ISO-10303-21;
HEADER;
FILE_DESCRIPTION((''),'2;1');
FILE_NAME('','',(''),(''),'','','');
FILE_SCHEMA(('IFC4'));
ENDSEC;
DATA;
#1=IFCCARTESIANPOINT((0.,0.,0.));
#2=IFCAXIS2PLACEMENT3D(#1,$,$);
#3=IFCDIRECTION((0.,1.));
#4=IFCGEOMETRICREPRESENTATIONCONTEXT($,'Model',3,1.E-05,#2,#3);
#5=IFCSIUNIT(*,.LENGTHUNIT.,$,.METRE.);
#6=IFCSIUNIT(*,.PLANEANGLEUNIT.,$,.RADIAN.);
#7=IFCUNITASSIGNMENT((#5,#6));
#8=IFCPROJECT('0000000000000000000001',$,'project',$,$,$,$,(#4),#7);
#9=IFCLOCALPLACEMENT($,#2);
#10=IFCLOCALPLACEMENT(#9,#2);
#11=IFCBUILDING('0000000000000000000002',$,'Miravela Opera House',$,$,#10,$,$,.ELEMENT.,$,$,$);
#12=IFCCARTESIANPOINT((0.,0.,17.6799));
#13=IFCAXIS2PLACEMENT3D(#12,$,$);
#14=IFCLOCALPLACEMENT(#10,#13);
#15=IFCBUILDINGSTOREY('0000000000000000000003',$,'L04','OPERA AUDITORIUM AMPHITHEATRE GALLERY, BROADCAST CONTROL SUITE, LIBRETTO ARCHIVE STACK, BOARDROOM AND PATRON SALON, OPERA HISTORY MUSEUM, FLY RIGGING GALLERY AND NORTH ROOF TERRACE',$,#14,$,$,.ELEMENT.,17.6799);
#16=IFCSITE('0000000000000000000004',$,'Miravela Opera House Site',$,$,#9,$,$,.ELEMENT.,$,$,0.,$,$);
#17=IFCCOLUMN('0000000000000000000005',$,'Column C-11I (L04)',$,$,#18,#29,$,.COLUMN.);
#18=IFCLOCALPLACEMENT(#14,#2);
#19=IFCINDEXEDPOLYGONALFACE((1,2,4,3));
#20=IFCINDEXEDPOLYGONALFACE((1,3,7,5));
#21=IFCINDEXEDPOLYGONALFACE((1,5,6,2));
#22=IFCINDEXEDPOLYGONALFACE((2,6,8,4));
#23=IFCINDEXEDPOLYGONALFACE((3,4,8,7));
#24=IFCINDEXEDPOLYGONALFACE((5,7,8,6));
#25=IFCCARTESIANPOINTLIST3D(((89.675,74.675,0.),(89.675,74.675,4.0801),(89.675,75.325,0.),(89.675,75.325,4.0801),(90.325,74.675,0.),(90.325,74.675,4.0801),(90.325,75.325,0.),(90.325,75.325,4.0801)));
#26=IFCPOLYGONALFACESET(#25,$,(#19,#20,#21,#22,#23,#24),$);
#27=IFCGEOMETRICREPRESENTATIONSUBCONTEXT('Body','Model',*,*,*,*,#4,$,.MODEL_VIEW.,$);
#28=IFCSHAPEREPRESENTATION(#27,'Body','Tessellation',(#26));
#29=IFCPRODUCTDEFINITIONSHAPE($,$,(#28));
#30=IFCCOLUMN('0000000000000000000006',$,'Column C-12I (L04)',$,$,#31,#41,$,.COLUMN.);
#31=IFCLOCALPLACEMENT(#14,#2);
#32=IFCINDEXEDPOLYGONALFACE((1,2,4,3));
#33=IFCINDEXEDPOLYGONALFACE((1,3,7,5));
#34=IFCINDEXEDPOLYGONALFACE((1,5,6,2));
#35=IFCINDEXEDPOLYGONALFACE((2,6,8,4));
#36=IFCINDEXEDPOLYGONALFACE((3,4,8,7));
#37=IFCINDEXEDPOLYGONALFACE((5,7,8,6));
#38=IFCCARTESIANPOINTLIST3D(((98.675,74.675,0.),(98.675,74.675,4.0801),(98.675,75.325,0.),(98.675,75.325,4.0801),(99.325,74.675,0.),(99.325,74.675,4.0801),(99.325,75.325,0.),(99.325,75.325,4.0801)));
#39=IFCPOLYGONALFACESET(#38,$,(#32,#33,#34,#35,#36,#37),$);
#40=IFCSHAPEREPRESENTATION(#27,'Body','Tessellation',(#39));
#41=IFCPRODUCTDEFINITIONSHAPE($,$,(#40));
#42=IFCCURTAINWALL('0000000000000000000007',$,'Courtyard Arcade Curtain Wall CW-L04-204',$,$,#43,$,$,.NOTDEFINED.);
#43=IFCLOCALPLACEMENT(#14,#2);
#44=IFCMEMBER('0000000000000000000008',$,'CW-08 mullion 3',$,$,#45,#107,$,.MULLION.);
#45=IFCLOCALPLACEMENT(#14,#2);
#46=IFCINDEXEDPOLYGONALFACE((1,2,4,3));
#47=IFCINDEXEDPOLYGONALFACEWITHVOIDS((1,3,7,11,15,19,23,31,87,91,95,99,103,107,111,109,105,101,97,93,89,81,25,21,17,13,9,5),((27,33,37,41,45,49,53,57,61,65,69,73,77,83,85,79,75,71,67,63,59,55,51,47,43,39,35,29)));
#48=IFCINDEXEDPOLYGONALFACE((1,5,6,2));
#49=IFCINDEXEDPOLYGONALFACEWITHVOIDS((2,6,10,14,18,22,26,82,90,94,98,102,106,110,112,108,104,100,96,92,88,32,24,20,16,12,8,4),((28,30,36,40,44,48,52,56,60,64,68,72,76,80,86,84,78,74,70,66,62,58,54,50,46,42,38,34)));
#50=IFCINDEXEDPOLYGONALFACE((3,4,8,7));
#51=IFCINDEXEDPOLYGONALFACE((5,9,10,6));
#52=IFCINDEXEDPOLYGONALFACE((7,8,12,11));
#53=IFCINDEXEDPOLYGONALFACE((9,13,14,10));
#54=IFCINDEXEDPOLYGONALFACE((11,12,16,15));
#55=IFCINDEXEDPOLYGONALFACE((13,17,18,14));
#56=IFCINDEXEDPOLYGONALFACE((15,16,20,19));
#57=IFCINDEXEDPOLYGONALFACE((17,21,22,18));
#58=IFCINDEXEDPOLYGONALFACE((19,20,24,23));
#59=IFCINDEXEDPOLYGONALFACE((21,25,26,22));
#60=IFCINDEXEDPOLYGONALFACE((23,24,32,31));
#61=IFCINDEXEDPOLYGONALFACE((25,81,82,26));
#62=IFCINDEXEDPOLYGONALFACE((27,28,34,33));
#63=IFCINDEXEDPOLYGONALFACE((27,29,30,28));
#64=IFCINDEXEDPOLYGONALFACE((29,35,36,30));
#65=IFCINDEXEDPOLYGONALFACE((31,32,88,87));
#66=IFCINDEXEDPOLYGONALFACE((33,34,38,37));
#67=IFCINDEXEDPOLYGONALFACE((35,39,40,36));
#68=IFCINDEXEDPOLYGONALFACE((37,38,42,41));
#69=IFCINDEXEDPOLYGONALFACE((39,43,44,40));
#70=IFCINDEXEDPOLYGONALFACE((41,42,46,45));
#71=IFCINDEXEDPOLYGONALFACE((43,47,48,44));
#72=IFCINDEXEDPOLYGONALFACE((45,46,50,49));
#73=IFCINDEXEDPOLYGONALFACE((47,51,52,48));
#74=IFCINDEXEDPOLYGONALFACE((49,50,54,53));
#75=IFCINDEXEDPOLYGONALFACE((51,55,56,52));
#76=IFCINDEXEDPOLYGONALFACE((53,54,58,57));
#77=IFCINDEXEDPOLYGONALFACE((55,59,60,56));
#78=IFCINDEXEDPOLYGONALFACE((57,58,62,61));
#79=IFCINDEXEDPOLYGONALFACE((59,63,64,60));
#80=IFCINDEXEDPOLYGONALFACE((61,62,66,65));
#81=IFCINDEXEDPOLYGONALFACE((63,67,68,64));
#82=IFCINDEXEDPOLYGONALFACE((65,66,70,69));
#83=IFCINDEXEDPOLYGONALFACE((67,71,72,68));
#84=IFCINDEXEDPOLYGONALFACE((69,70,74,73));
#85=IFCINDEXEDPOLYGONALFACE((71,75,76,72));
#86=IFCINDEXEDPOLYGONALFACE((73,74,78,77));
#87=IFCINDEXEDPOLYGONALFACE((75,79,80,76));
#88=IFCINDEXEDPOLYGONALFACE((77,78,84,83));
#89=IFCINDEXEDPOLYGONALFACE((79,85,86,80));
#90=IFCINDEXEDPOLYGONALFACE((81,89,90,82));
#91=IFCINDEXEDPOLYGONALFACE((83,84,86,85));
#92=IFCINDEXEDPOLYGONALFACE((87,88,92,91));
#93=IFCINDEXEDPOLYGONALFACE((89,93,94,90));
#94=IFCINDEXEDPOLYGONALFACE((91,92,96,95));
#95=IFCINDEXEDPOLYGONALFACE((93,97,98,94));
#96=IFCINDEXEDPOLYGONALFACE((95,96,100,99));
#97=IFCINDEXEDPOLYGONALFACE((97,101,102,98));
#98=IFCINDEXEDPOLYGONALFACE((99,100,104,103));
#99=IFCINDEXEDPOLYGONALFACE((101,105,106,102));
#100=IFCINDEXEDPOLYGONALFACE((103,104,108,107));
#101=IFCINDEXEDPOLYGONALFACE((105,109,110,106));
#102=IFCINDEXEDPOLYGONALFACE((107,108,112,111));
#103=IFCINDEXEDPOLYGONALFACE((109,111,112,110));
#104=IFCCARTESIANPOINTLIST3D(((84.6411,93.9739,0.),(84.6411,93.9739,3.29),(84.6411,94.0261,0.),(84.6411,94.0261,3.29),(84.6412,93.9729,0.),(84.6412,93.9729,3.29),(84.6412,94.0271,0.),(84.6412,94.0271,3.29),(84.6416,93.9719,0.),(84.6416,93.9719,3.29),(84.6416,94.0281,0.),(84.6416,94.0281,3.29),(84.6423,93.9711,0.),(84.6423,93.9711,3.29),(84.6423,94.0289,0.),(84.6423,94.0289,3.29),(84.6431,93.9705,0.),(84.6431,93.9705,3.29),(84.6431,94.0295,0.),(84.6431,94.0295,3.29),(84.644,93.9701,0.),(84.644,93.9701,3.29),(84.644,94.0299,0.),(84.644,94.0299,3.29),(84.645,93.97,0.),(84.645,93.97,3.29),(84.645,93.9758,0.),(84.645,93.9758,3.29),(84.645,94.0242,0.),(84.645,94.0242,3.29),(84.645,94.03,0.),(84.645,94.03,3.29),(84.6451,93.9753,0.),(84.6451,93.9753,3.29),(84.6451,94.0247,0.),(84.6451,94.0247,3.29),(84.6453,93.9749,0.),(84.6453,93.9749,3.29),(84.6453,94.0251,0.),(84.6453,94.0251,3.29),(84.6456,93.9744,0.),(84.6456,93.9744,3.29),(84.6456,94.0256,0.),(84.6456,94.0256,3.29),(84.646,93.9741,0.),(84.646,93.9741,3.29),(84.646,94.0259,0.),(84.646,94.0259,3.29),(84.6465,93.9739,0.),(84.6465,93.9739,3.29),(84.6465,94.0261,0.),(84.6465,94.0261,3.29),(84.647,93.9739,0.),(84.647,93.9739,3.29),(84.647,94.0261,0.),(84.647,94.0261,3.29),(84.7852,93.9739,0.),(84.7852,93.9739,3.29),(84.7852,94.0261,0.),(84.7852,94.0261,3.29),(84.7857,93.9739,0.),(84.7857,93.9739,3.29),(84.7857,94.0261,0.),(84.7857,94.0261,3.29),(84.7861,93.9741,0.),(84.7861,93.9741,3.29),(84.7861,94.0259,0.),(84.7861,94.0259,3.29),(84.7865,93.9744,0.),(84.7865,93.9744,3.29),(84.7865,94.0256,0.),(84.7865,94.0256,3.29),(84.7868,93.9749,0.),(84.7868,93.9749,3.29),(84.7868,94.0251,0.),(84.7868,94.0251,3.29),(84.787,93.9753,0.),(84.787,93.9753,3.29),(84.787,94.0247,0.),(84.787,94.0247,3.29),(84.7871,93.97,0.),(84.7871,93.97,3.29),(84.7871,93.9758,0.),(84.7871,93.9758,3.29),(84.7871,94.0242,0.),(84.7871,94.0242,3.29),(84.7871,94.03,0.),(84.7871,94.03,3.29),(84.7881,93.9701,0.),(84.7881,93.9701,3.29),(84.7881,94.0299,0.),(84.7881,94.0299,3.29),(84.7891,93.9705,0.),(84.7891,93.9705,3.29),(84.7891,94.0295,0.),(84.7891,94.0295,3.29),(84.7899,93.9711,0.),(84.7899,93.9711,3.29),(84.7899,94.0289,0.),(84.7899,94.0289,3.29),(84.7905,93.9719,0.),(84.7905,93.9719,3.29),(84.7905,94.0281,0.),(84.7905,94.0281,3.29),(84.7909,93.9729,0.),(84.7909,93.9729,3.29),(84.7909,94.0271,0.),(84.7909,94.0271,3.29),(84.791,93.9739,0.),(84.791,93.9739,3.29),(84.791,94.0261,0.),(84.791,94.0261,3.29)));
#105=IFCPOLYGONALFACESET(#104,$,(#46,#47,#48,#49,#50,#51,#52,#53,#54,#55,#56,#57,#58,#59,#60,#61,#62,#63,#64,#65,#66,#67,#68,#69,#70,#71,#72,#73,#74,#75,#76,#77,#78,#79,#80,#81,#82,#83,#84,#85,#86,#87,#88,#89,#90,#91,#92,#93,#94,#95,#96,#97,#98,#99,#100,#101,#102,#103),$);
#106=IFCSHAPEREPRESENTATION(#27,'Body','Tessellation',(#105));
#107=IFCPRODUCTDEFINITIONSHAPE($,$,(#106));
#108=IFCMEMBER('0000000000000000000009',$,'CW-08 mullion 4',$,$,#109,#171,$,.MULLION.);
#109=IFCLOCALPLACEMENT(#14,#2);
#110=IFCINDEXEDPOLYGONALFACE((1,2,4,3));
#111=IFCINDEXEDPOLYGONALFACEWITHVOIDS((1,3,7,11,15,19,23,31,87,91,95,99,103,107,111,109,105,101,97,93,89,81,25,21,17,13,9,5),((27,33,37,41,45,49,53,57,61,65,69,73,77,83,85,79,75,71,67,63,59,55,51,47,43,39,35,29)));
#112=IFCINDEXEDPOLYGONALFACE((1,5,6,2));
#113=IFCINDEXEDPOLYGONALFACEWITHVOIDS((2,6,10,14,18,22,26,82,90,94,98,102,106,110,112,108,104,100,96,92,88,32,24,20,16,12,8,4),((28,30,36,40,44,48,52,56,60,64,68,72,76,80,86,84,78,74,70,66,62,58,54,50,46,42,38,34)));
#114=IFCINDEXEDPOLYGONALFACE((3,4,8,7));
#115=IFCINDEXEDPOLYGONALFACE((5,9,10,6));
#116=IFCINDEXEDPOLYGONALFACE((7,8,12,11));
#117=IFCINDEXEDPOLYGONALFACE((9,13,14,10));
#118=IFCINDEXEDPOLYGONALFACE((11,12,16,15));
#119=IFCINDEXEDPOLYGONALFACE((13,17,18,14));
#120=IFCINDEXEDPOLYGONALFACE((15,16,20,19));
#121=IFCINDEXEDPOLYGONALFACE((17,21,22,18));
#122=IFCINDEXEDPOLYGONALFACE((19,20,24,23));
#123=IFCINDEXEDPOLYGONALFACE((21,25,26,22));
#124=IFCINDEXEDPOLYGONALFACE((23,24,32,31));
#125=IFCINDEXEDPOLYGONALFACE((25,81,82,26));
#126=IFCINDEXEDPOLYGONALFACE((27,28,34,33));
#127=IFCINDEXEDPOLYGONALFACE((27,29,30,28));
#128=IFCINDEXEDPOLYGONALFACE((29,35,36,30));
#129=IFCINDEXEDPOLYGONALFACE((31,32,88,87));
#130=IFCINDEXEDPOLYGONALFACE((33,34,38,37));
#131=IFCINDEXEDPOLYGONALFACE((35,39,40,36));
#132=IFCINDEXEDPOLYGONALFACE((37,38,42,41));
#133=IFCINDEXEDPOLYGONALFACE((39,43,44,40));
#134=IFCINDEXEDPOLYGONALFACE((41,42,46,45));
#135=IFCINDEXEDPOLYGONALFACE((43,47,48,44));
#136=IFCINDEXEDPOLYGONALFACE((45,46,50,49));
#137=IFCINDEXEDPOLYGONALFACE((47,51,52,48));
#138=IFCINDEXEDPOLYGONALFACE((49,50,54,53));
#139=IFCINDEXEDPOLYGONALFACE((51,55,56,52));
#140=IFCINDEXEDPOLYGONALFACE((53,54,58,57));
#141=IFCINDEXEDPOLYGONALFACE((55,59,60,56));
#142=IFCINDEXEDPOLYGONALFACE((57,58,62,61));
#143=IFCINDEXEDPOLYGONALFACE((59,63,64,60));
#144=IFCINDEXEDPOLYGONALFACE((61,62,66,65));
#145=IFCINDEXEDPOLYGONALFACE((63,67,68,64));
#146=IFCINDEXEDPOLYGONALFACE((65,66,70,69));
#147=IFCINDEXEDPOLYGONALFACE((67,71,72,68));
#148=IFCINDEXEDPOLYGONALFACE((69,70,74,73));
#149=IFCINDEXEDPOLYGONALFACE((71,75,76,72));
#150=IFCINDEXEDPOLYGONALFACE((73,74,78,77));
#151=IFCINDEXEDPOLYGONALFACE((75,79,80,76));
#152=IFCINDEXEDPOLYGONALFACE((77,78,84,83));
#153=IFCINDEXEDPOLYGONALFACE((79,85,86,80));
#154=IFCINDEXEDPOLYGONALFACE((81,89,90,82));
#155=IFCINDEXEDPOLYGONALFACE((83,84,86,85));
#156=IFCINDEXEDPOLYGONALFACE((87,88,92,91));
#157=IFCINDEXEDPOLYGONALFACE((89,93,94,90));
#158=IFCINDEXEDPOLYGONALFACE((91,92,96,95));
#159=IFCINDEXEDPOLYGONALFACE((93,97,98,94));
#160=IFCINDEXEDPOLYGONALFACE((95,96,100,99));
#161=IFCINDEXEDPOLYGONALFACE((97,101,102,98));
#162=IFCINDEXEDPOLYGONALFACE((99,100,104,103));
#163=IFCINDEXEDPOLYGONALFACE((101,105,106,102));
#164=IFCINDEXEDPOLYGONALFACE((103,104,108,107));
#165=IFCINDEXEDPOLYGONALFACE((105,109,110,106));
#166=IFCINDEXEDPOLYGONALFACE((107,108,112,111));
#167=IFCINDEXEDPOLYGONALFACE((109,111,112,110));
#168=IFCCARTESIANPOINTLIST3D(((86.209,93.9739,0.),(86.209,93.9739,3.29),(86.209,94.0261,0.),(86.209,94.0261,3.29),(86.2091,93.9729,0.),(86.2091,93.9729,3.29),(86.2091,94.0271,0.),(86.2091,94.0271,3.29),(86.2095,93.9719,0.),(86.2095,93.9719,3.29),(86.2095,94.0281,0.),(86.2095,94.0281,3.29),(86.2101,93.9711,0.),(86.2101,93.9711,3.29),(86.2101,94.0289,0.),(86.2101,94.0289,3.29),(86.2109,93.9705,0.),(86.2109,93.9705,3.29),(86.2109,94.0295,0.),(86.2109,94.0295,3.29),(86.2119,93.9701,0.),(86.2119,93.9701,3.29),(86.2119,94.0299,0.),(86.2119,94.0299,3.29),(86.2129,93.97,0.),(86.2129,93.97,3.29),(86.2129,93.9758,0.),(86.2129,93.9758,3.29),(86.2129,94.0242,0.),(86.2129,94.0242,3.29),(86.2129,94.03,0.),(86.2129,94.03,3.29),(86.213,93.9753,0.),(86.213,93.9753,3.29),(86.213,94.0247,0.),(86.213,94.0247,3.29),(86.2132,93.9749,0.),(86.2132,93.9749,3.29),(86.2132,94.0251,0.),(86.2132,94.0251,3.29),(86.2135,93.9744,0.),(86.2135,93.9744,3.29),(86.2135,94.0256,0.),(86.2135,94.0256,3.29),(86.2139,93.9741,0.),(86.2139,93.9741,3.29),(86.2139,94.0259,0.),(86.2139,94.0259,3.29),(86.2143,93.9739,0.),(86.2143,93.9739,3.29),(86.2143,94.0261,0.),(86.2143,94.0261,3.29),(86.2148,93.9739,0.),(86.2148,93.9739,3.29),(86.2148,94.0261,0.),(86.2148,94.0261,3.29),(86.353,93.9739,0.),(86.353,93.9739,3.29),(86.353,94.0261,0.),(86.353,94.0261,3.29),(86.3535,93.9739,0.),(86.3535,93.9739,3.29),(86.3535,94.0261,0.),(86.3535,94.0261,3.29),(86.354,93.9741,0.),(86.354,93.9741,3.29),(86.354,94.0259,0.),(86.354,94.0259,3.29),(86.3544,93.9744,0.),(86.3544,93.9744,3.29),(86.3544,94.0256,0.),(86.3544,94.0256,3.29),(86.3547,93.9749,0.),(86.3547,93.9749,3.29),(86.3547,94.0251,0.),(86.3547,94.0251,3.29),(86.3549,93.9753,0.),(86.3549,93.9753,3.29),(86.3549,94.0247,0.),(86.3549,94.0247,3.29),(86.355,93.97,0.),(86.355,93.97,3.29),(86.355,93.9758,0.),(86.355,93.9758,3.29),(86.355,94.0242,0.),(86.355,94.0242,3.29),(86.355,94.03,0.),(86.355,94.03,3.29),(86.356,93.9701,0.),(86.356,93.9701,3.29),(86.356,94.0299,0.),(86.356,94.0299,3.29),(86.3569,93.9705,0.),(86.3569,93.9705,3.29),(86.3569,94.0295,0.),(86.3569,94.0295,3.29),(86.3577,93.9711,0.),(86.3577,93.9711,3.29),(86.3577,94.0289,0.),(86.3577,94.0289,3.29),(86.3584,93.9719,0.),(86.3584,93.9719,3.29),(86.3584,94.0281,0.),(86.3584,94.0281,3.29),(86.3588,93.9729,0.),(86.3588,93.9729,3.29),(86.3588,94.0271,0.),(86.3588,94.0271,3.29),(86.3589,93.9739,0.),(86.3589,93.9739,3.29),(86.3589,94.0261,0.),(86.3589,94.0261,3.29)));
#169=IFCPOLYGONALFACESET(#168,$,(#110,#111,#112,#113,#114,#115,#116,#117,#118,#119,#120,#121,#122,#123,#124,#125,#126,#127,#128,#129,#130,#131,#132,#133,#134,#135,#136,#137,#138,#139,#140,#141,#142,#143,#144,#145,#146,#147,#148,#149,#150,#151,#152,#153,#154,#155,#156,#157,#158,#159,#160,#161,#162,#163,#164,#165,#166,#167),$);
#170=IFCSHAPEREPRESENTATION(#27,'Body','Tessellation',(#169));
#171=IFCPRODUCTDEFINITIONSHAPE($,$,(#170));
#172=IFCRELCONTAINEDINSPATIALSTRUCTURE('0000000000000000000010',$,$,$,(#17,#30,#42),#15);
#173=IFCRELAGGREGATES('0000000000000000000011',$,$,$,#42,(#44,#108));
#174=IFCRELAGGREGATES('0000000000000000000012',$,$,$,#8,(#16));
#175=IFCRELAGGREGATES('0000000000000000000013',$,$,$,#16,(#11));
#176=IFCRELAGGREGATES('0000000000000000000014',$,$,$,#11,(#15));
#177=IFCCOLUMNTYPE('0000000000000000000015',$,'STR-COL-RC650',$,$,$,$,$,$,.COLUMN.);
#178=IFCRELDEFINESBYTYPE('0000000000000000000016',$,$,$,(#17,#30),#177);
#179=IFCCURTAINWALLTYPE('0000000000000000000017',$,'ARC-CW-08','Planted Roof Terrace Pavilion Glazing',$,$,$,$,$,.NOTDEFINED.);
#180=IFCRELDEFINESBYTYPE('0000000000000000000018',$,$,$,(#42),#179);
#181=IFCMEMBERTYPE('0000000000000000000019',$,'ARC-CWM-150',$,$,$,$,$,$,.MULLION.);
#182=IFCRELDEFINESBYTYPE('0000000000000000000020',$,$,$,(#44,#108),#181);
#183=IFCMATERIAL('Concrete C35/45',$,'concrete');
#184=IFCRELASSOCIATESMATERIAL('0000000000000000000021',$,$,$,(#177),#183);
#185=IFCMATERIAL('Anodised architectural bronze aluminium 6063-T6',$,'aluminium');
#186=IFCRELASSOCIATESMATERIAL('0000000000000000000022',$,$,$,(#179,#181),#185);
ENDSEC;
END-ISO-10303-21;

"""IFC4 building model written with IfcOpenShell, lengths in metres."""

from ifc_helpers import new_model, si_unit, direction, frame, origin, origin_2d, place, context, subcontext, project, spatial, rectangle, hollow_rectangle, extrude, material, material_profile, profile_set, type_object, element, aggregate, save


model = new_model("IFC4")

# Units and contexts
model_context = context("Model", 3, precision=1e-05, world=origin(), true_north=direction((0.0, 1.0)))
body_context = subcontext(model_context, "Body", "Model", "MODEL_VIEW")
ifc_project = project(units=[si_unit("LENGTHUNIT", "METRE"), si_unit("PLANEANGLEUNIT", "RADIAN")], contexts=[model_context])

# Site, building, storey
site_placement = place(None, origin())
site = spatial("IfcSite", under=ifc_project, at=site_placement, Name="Miravela Opera House Site", CompositionType="ELEMENT", RefElevation=0.0)
building_placement = place(site_placement, origin())
building = spatial("IfcBuilding", under=site, at=building_placement, Name="Miravela Opera House", CompositionType="ELEMENT")
storey_placement = place(building_placement, frame((0.0, 0.0, 17.6799)))
storey = spatial("IfcBuildingStorey", under=building, at=storey_placement, Name="L04", Description="OPERA AUDITORIUM AMPHITHEATRE GALLERY, BROADCAST CONTROL SUITE, LIBRETTO ARCHIVE STACK, BOARDROOM AND PATRON SALON, OPERA HISTORY MUSEUM, FLY RIGGING GALLERY AND NORTH ROOF TERRACE", CompositionType="ELEMENT", Elevation=17.6799)

# Columns
ifc_material_1 = material(Name="Concrete C35/45", Category="concrete")
ifc_material_profile_1 = material_profile(ifc_material_1, rectangle(XDim=0.6499, YDim=0.6499, at=origin_2d()), Name="RC-COL-650X650")
ifc_profile_set_1 = profile_set([ifc_material_profile_1])
column_type = type_object("IfcColumnType", Name="STR-COL-RC650", PredefinedType="COLUMN", material=ifc_profile_set_1)
for number, where, z_axis, x_axis, name in (
    (1, (90.0, 75.0, 0.0), (0.0, 0.0, 1.0), (1.0, 0.0, 0.0), "Column C-11I (L04)"),
    (2, (99.0, 75.0, 0.0), (0.0, 0.0, 1.0), (1.0, 0.0, 0.0), "Column C-12I (L04)"),
):
    element("IfcColumn", number, at=place(storey_placement, frame(where, z_axis=z_axis, x_axis=x_axis)), inside=storey, type_object=column_type, Name=name, PredefinedType="COLUMN", context=body_context, shape_type="SweptSolid", body=[
        extrude(rectangle(XDim=0.6499, YDim=0.6499, at=origin_2d()), origin(), (0.0, 0.0, 1.0), 4.0801),
    ])

# Curtain wall, members
ifc_material_2 = material(Name="Anodised architectural bronze aluminium 6063-T6", Category="aluminium")
curtain_wall_type = type_object("IfcCurtainWallType", Name="ARC-CW-08", Description="Planted Roof Terrace Pavilion Glazing", PredefinedType="NOTDEFINED", material=ifc_material_2)
curtain_wall_placement = place(storey_placement, origin())
curtain_wall = element("IfcCurtainWall", 3, at=curtain_wall_placement, inside=storey, type_object=curtain_wall_type, Name="Courtyard Arcade Curtain Wall CW-L04-204", PredefinedType="NOTDEFINED")
ifc_material_profile_2 = material_profile(ifc_material_2, hollow_rectangle(XDim=0.0601, YDim=0.1499, WallThickness=0.0039, InnerFilletRadius=0.002, OuterFilletRadius=0.0039, at=origin_2d()), Name="CWM-60X150")
ifc_profile_set_2 = profile_set([ifc_material_profile_2])
member_type_1 = type_object("IfcMemberType", Name="ARC-CWM-150", PredefinedType="MULLION", material=ifc_profile_set_2)
member_1_placement = place(storey_placement, frame((84.7161, 94.0, 0.0), z_axis=(0.0, 0.0, 1.0), x_axis=(0.0, 1.0, 0.0)))
member_1 = element("IfcMember", 4, at=member_1_placement, type_object=member_type_1, Name="CW-08 mullion 3", PredefinedType="MULLION", context=body_context, shape_type="SweptSolid", body=[
    extrude(hollow_rectangle(XDim=0.0601, YDim=0.1499, WallThickness=0.0039, InnerFilletRadius=0.002, OuterFilletRadius=0.0039, at=origin_2d()), origin(), (0.0, 0.0, 1.0), 3.29),
])
member_2_placement = place(storey_placement, frame((86.2839, 94.0, 0.0), z_axis=(0.0, 0.0, 1.0), x_axis=(0.0, 1.0, 0.0)))
member_2 = element("IfcMember", 5, at=member_2_placement, type_object=member_type_1, Name="CW-08 mullion 4", PredefinedType="MULLION", context=body_context, shape_type="SweptSolid", body=[
    extrude(hollow_rectangle(XDim=0.0601, YDim=0.1499, WallThickness=0.0039, InnerFilletRadius=0.002, OuterFilletRadius=0.0039, at=origin_2d()), origin(), (0.0, 0.0, 1.0), 3.29),
])

aggregate(curtain_wall, [member_1, member_2])

save(model, "model.ifc")
